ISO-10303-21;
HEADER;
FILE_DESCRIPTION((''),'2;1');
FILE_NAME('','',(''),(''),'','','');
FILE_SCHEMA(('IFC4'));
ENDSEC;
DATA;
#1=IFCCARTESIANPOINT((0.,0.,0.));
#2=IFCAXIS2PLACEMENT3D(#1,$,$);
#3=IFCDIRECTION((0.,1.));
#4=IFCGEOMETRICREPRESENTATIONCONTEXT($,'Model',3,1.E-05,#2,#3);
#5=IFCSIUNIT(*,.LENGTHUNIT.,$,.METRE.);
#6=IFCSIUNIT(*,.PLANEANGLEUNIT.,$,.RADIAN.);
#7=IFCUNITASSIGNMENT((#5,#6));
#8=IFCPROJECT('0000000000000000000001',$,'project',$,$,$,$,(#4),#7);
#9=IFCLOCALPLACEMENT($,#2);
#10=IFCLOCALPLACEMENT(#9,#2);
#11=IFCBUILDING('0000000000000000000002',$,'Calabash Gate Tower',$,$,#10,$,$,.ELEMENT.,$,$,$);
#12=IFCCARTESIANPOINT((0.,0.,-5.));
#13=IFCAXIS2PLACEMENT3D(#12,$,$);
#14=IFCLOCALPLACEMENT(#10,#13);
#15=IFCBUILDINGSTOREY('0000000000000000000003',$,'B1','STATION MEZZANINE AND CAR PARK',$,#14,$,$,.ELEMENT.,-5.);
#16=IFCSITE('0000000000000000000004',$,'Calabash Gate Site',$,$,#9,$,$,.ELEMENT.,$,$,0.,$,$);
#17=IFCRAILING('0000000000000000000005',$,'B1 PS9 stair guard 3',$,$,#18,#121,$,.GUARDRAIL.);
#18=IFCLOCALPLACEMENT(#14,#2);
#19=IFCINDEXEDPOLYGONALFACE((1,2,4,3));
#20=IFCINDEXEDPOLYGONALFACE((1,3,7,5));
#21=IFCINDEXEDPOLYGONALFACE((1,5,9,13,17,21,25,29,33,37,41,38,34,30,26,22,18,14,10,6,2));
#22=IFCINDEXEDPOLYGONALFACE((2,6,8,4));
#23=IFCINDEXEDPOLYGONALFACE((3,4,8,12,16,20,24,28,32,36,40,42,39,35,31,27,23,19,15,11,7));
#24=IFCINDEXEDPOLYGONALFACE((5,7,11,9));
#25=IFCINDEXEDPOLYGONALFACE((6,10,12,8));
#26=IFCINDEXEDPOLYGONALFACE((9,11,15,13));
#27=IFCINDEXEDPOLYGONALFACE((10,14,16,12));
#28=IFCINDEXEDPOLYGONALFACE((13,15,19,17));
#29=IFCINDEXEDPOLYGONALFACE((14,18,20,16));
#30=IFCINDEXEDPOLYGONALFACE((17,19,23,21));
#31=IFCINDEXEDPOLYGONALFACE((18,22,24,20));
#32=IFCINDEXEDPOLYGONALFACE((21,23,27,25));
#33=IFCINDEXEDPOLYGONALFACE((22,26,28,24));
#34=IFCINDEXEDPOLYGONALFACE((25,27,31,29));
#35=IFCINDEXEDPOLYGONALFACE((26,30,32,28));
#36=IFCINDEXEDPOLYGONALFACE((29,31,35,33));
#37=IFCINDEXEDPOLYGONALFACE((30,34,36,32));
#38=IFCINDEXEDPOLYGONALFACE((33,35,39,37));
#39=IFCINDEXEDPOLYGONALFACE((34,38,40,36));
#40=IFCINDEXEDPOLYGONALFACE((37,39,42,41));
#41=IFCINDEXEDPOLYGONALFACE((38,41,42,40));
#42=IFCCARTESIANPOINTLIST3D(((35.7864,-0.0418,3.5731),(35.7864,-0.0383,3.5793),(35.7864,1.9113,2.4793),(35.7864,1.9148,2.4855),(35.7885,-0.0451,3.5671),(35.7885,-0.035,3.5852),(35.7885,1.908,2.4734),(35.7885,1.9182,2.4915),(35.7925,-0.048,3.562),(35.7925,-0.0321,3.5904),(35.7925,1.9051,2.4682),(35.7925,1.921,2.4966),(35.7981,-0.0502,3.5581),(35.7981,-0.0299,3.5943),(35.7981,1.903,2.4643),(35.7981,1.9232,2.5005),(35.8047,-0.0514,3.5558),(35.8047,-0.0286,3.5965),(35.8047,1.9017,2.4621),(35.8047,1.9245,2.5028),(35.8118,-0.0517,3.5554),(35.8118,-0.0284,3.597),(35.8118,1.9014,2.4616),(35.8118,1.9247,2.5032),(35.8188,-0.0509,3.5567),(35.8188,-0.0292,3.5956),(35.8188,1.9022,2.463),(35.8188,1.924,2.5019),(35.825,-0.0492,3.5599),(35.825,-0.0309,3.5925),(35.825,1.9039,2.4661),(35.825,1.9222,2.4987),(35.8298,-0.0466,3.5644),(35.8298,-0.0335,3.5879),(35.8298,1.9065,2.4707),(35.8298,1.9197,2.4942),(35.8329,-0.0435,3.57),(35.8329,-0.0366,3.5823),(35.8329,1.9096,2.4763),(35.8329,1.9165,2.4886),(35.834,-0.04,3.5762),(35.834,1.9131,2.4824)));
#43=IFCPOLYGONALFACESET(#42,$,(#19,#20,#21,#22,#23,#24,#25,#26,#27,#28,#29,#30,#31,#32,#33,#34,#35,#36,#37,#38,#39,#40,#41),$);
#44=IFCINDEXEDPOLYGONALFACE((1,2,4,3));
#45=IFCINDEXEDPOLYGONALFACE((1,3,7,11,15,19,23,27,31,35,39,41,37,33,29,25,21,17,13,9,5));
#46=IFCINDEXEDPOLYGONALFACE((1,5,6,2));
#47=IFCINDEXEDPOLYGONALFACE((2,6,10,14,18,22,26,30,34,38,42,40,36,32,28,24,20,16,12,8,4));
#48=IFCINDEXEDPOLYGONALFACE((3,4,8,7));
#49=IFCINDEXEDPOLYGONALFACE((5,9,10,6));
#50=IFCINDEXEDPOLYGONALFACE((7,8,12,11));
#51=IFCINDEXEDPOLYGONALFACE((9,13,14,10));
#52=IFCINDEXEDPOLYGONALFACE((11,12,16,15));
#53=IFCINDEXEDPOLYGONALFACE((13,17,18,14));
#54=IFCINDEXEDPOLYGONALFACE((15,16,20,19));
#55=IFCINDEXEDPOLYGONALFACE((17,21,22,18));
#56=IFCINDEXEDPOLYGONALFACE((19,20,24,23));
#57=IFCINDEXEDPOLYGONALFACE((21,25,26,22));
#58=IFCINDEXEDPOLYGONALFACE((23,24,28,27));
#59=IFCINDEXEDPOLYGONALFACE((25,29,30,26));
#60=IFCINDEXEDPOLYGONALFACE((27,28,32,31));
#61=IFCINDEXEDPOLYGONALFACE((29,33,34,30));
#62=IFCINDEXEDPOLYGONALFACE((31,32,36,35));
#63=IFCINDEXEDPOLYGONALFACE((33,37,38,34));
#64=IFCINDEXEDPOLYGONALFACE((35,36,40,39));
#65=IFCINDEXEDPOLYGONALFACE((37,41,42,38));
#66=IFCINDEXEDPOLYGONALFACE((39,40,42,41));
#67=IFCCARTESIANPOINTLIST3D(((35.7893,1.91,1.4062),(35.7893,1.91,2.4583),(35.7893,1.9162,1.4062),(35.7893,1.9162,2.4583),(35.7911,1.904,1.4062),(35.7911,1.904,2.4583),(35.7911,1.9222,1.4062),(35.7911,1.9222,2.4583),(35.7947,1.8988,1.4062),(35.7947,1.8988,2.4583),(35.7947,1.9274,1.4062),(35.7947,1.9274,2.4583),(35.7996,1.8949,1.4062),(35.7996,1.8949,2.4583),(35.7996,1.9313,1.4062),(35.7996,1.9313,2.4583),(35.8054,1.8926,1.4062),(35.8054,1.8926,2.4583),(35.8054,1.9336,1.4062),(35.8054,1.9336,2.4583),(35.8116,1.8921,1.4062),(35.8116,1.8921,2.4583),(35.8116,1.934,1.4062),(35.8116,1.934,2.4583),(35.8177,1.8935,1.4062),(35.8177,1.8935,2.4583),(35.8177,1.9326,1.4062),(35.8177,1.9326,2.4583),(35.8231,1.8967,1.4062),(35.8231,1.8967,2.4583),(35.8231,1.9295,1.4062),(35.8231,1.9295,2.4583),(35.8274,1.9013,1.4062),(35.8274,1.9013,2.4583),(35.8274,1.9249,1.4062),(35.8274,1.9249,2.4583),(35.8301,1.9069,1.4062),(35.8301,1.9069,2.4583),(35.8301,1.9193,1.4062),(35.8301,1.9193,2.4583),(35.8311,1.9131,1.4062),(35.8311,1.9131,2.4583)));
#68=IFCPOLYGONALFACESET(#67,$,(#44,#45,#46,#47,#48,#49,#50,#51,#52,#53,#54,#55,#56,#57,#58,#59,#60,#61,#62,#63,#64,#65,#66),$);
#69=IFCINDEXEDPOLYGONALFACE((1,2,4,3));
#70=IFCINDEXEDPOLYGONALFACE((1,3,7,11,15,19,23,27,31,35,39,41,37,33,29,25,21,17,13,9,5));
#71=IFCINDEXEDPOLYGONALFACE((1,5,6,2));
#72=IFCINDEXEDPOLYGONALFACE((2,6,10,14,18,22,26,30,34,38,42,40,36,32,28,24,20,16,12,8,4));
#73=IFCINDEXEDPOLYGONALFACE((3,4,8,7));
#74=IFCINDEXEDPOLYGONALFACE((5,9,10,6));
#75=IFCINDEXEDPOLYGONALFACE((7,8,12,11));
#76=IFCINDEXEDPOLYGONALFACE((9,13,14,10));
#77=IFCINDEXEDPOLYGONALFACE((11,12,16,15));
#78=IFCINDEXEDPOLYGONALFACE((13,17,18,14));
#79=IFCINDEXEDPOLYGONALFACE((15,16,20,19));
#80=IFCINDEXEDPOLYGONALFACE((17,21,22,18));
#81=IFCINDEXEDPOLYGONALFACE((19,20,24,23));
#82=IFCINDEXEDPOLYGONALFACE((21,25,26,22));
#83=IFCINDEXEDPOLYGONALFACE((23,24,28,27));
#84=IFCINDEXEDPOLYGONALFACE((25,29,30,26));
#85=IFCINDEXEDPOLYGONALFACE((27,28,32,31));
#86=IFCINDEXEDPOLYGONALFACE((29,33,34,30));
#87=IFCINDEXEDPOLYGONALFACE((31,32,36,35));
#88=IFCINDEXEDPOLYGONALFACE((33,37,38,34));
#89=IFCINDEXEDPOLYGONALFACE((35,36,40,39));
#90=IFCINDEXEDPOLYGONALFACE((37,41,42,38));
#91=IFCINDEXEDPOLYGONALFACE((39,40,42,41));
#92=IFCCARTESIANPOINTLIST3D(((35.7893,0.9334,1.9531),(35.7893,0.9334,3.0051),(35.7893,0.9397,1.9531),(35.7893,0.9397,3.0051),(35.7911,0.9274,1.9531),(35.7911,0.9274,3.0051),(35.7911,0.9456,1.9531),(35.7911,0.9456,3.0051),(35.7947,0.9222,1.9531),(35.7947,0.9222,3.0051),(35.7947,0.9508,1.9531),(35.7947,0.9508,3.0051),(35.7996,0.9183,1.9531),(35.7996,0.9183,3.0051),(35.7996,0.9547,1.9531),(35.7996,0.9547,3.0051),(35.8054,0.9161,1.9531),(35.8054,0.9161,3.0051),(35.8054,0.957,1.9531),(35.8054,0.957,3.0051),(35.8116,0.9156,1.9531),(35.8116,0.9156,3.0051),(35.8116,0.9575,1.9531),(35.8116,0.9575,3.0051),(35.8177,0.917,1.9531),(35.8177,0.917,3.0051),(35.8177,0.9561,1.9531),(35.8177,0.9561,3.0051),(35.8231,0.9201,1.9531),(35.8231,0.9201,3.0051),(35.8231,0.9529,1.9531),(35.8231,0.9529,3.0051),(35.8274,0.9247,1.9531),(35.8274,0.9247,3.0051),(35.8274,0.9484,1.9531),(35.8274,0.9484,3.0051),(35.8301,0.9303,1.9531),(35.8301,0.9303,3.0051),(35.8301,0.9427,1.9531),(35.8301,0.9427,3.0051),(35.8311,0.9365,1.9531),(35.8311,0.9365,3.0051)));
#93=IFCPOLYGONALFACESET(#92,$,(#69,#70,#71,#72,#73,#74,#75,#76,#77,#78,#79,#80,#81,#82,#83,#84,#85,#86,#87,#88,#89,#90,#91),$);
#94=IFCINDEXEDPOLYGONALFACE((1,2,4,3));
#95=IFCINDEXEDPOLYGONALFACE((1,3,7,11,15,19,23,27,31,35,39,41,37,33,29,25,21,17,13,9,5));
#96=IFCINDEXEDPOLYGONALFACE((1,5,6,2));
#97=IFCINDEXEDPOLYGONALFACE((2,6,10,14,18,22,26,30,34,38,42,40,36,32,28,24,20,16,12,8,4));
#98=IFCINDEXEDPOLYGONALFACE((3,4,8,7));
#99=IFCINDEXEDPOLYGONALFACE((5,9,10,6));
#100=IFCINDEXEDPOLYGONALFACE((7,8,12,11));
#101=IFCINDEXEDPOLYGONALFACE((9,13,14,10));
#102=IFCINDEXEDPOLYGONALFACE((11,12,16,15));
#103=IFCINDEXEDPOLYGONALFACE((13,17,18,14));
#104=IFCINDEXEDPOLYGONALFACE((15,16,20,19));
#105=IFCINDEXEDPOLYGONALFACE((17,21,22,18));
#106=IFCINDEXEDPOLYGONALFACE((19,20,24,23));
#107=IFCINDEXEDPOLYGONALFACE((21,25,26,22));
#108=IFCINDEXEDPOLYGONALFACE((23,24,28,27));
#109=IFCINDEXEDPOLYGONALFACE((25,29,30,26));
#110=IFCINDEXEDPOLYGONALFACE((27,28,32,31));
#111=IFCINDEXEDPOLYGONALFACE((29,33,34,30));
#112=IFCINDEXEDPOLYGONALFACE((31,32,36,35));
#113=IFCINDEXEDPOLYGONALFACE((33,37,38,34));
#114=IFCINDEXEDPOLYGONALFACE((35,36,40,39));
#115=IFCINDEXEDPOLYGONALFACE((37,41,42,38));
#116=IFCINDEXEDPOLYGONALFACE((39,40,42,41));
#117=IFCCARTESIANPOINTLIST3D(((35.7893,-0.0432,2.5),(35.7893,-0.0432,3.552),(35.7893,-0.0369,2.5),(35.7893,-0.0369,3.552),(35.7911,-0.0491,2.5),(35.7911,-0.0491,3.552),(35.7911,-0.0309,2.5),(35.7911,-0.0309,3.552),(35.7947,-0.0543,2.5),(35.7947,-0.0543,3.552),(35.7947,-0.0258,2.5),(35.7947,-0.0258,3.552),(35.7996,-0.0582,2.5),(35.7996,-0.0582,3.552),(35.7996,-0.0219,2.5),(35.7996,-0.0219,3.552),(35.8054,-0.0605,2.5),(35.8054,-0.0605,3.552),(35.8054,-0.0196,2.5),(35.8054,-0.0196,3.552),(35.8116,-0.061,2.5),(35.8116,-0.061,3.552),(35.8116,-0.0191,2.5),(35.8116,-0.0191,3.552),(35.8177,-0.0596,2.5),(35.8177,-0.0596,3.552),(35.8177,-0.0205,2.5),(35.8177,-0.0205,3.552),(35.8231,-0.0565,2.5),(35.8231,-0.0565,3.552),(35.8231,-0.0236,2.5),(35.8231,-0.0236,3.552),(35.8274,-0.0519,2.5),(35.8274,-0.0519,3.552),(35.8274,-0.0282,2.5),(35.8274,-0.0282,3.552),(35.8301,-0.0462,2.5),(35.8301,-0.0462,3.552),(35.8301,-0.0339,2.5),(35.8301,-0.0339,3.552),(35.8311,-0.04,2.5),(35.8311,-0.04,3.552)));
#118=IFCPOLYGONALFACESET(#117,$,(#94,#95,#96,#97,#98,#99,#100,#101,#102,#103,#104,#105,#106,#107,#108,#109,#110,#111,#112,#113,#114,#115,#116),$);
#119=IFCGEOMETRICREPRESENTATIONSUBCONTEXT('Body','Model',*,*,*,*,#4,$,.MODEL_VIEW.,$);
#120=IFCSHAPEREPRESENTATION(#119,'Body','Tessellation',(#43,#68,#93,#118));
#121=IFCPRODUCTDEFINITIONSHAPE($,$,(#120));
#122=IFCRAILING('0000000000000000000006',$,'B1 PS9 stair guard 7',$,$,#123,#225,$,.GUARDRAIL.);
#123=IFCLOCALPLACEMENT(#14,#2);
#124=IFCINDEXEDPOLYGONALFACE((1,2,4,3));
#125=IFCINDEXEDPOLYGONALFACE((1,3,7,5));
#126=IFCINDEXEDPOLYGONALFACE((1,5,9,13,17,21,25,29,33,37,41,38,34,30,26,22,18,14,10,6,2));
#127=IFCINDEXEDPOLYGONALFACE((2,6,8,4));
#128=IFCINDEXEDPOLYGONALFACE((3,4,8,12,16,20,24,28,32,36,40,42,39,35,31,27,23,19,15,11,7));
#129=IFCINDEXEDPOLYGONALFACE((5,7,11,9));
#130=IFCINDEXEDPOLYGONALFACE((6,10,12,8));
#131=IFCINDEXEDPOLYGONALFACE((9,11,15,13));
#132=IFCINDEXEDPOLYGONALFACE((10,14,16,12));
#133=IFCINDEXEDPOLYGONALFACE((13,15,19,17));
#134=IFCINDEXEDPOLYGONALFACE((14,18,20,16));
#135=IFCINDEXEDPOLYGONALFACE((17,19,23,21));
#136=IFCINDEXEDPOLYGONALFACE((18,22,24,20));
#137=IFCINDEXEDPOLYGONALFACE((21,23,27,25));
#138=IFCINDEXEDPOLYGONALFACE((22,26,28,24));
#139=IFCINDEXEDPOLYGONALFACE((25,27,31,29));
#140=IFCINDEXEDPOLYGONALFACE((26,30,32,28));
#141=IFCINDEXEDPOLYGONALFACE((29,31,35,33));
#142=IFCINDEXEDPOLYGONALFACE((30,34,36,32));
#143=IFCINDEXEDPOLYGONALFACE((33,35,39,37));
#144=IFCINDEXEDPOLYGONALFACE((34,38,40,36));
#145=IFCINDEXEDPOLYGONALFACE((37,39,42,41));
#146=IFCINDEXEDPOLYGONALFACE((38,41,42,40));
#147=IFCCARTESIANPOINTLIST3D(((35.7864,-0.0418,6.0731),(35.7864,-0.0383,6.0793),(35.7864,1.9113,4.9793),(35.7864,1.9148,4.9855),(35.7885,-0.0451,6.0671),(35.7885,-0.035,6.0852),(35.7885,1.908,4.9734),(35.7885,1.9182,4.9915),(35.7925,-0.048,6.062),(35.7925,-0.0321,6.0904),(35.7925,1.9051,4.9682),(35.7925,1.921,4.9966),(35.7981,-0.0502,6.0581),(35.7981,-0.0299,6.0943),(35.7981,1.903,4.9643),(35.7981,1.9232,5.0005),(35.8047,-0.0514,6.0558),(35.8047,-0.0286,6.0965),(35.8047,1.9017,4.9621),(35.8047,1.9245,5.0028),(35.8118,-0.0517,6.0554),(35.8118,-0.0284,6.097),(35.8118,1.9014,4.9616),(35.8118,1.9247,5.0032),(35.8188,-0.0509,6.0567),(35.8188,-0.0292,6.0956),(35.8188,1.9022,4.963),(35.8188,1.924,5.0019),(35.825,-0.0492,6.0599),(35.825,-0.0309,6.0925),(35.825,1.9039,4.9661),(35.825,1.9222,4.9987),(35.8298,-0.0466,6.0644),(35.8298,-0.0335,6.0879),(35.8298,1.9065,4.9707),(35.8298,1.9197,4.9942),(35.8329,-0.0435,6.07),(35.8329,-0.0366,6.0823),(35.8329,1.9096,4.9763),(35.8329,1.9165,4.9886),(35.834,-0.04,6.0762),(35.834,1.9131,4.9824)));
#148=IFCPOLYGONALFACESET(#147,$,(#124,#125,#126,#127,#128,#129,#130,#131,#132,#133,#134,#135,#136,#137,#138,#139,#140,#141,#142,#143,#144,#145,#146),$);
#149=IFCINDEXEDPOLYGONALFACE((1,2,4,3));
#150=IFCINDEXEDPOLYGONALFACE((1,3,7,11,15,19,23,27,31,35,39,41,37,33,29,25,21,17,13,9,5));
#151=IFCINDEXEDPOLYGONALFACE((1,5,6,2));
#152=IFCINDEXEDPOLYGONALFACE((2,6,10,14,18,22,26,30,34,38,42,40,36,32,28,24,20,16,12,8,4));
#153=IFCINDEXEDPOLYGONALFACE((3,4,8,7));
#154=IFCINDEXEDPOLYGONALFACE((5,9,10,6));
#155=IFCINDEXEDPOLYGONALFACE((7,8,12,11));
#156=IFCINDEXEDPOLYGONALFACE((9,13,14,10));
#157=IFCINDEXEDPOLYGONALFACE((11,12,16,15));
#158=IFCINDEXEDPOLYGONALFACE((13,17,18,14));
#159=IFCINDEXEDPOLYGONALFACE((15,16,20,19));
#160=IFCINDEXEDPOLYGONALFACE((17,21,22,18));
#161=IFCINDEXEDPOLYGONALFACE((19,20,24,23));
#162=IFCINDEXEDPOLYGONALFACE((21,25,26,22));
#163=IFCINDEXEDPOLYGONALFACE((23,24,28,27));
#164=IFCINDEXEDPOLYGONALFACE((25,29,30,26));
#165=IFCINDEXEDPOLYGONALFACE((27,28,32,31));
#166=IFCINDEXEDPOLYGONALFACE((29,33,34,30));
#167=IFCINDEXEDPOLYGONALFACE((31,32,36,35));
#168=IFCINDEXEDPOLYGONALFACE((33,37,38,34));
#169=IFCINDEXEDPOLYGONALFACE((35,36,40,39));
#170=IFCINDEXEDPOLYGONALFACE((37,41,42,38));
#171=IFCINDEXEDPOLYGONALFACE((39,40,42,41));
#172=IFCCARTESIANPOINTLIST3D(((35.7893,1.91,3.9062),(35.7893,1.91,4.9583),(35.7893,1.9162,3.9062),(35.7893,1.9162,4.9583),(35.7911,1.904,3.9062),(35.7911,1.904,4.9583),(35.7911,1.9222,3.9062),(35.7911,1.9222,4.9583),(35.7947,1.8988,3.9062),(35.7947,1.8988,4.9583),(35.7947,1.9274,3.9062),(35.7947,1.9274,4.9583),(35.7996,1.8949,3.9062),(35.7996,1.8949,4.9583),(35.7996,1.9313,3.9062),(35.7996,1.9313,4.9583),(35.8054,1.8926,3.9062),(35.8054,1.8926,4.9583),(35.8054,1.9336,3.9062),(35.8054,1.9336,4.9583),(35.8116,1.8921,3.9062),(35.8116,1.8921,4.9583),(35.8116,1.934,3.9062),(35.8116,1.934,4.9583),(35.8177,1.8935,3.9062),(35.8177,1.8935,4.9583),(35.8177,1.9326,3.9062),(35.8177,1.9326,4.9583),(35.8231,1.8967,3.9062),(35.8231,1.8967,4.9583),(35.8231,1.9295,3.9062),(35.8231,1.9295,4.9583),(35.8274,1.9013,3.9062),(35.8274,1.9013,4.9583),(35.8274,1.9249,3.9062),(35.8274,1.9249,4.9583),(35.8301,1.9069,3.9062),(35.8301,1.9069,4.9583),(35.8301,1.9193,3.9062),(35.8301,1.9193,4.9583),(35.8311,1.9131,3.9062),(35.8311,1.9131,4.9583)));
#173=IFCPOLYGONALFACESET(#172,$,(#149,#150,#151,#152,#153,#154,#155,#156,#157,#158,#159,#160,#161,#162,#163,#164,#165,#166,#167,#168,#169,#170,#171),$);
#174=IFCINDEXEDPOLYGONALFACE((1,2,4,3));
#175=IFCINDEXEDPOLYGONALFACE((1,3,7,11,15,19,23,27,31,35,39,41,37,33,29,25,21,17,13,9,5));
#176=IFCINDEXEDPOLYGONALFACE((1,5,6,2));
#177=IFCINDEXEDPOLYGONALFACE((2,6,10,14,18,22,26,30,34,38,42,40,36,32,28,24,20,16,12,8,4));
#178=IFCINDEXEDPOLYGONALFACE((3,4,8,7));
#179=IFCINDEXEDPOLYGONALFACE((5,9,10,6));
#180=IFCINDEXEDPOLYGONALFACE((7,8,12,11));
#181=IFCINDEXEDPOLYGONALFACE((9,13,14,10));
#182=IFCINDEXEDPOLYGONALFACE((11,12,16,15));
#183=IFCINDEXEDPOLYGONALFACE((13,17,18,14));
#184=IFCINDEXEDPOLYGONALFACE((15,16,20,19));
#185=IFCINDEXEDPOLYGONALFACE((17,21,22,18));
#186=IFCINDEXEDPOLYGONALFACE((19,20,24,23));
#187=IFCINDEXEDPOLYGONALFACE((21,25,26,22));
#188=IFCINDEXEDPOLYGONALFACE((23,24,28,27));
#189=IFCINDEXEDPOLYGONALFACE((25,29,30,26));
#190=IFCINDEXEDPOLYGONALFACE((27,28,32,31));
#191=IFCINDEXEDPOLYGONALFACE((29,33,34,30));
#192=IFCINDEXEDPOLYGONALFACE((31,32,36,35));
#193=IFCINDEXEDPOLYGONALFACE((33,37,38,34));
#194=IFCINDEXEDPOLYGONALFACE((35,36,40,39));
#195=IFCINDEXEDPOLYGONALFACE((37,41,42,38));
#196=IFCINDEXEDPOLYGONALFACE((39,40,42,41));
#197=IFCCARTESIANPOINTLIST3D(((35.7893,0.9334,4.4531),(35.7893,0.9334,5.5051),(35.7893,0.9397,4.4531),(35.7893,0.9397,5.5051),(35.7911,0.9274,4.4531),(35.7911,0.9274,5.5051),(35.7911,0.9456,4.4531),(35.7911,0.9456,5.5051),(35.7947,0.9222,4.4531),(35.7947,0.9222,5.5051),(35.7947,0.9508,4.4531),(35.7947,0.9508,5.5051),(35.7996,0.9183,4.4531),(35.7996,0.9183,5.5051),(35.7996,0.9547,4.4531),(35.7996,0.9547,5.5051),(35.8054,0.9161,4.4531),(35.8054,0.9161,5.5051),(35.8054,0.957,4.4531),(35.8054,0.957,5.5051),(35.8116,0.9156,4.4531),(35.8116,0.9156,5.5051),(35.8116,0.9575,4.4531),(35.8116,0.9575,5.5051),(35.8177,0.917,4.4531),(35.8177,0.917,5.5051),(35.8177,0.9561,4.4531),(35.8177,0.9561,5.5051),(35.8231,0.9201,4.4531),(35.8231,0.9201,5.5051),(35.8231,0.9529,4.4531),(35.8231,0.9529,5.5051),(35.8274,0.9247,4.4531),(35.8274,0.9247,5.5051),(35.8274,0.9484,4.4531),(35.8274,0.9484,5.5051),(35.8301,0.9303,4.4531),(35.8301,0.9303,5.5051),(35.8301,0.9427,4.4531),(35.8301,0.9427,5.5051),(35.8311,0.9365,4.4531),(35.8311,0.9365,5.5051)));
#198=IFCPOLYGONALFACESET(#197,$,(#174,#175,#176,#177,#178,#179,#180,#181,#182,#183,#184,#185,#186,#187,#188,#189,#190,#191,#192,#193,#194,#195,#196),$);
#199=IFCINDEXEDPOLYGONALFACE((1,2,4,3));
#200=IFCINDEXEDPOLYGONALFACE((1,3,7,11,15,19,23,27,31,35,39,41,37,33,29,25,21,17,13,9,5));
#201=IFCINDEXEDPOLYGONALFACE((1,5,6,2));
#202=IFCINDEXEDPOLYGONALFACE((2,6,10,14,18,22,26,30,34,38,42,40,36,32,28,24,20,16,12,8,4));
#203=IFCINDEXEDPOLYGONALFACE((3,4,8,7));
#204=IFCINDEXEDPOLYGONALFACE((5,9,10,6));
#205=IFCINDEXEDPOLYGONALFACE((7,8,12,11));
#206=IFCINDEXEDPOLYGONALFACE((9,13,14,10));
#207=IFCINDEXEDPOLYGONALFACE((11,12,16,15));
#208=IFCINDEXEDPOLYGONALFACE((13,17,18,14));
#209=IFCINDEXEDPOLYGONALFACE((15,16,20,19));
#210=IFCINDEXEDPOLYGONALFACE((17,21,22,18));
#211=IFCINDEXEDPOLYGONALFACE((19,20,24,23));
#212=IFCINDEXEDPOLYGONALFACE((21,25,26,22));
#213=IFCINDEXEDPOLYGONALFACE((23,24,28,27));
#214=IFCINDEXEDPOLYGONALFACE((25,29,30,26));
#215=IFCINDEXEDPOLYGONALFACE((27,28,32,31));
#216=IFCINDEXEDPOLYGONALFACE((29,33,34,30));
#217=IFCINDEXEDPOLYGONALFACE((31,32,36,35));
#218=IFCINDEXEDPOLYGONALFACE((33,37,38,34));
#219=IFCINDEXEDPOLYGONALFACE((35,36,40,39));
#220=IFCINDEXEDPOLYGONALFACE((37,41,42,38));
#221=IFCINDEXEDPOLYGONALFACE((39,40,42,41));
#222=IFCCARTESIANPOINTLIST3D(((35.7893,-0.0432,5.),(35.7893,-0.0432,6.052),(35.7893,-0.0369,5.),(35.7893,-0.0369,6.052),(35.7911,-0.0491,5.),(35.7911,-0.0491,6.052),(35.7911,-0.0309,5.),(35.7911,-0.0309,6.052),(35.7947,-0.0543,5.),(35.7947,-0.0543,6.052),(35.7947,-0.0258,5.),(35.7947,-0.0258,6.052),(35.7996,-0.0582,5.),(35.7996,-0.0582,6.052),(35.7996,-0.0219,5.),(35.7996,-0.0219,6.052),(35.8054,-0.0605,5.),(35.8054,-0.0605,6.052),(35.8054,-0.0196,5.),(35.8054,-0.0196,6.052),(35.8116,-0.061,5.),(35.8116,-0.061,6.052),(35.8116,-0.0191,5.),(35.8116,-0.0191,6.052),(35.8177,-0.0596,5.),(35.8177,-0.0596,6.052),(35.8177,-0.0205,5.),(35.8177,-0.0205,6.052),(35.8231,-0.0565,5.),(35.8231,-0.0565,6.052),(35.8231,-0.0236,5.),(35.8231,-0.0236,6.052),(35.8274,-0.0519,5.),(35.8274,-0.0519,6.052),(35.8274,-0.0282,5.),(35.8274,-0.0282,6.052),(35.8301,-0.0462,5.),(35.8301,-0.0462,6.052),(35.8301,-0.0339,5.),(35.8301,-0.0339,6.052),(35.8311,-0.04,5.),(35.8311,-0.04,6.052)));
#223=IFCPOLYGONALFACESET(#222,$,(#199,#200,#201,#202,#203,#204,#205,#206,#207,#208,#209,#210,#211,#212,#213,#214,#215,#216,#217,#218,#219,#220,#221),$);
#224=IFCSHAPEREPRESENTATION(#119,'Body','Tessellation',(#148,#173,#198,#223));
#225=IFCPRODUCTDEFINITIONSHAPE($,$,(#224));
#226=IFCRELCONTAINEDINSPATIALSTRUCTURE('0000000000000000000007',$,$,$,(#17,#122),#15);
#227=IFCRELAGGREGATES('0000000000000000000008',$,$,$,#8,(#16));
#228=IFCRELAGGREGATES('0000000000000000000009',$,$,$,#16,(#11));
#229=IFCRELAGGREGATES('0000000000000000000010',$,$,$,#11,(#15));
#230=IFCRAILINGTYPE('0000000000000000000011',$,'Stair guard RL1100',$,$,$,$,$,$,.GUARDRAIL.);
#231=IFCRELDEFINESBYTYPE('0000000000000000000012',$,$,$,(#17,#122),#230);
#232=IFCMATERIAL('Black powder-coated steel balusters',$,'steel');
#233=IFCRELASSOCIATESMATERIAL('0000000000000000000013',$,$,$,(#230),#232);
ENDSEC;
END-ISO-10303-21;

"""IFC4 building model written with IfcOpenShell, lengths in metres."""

from ifc_helpers import new_model, si_unit, direction, frame, origin, origin_2d, place, context, subcontext, project, spatial, circle, extrude, material, type_object, element, save


model = new_model("IFC4")

# Units and contexts
model_context = context("Model", 3, precision=1e-05, world=origin(), true_north=direction((0.0, 1.0)))
body_context = subcontext(model_context, "Body", "Model", "MODEL_VIEW")
ifc_project = project(units=[si_unit("LENGTHUNIT", "METRE"), si_unit("PLANEANGLEUNIT", "RADIAN")], contexts=[model_context])

# Site, building, storey
site_placement = place(None, origin())
site = spatial("IfcSite", under=ifc_project, at=site_placement, Name="Calabash Gate Site", CompositionType="ELEMENT", RefElevation=0.0)
building_placement = place(site_placement, origin())
building = spatial("IfcBuilding", under=site, at=building_placement, Name="Calabash Gate Tower", CompositionType="ELEMENT")
storey_placement = place(building_placement, frame((0.0, 0.0, -5.0)))
storey = spatial("IfcBuildingStorey", under=building, at=storey_placement, Name="B1", Description="STATION MEZZANINE AND CAR PARK", CompositionType="ELEMENT", Elevation=-5.0)

# Railings
ifc_material_1 = material(Name="Black powder-coated steel balusters", Category="steel")
railing_type_1 = type_object("IfcRailingType", Name="Stair guard RL1100", PredefinedType="GUARDRAIL", material=ifc_material_1)
for number, where, name in (
    (1, (35.8101, 1.9131, 1.4062), "B1 PS9 stair guard 3"),
    (2, (35.8101, 1.9131, 3.9062), "B1 PS9 stair guard 7"),
):
    element("IfcRailing", number, at=place(storey_placement, frame(where)), inside=storey, type_object=railing_type_1, Name=name, PredefinedType="GUARDRAIL", context=body_context, shape_type="SweptSolid", body=[
        extrude(circle(Radius=0.0239, at=origin_2d()), frame((0.0, 0.0, 1.0762), z_axis=(0.0, -0.872506, 0.488603), x_axis=(1.0, 0.0, 0.0)), (0.0, 0.0, 1.0), 2.2385),
        extrude(circle(Radius=0.021, at=origin_2d()), origin(), (0.0, 0.0, 1.0), 1.052),
        extrude(circle(Radius=0.021, at=origin_2d()), frame((0.0, -0.9766, 0.5469)), (0.0, 0.0, 1.0), 1.052),
        extrude(circle(Radius=0.021, at=origin_2d()), frame((0.0, -1.9531, 1.0938)), (0.0, 0.0, 1.0), 1.052),
    ])

save(model, "model.ifc")
